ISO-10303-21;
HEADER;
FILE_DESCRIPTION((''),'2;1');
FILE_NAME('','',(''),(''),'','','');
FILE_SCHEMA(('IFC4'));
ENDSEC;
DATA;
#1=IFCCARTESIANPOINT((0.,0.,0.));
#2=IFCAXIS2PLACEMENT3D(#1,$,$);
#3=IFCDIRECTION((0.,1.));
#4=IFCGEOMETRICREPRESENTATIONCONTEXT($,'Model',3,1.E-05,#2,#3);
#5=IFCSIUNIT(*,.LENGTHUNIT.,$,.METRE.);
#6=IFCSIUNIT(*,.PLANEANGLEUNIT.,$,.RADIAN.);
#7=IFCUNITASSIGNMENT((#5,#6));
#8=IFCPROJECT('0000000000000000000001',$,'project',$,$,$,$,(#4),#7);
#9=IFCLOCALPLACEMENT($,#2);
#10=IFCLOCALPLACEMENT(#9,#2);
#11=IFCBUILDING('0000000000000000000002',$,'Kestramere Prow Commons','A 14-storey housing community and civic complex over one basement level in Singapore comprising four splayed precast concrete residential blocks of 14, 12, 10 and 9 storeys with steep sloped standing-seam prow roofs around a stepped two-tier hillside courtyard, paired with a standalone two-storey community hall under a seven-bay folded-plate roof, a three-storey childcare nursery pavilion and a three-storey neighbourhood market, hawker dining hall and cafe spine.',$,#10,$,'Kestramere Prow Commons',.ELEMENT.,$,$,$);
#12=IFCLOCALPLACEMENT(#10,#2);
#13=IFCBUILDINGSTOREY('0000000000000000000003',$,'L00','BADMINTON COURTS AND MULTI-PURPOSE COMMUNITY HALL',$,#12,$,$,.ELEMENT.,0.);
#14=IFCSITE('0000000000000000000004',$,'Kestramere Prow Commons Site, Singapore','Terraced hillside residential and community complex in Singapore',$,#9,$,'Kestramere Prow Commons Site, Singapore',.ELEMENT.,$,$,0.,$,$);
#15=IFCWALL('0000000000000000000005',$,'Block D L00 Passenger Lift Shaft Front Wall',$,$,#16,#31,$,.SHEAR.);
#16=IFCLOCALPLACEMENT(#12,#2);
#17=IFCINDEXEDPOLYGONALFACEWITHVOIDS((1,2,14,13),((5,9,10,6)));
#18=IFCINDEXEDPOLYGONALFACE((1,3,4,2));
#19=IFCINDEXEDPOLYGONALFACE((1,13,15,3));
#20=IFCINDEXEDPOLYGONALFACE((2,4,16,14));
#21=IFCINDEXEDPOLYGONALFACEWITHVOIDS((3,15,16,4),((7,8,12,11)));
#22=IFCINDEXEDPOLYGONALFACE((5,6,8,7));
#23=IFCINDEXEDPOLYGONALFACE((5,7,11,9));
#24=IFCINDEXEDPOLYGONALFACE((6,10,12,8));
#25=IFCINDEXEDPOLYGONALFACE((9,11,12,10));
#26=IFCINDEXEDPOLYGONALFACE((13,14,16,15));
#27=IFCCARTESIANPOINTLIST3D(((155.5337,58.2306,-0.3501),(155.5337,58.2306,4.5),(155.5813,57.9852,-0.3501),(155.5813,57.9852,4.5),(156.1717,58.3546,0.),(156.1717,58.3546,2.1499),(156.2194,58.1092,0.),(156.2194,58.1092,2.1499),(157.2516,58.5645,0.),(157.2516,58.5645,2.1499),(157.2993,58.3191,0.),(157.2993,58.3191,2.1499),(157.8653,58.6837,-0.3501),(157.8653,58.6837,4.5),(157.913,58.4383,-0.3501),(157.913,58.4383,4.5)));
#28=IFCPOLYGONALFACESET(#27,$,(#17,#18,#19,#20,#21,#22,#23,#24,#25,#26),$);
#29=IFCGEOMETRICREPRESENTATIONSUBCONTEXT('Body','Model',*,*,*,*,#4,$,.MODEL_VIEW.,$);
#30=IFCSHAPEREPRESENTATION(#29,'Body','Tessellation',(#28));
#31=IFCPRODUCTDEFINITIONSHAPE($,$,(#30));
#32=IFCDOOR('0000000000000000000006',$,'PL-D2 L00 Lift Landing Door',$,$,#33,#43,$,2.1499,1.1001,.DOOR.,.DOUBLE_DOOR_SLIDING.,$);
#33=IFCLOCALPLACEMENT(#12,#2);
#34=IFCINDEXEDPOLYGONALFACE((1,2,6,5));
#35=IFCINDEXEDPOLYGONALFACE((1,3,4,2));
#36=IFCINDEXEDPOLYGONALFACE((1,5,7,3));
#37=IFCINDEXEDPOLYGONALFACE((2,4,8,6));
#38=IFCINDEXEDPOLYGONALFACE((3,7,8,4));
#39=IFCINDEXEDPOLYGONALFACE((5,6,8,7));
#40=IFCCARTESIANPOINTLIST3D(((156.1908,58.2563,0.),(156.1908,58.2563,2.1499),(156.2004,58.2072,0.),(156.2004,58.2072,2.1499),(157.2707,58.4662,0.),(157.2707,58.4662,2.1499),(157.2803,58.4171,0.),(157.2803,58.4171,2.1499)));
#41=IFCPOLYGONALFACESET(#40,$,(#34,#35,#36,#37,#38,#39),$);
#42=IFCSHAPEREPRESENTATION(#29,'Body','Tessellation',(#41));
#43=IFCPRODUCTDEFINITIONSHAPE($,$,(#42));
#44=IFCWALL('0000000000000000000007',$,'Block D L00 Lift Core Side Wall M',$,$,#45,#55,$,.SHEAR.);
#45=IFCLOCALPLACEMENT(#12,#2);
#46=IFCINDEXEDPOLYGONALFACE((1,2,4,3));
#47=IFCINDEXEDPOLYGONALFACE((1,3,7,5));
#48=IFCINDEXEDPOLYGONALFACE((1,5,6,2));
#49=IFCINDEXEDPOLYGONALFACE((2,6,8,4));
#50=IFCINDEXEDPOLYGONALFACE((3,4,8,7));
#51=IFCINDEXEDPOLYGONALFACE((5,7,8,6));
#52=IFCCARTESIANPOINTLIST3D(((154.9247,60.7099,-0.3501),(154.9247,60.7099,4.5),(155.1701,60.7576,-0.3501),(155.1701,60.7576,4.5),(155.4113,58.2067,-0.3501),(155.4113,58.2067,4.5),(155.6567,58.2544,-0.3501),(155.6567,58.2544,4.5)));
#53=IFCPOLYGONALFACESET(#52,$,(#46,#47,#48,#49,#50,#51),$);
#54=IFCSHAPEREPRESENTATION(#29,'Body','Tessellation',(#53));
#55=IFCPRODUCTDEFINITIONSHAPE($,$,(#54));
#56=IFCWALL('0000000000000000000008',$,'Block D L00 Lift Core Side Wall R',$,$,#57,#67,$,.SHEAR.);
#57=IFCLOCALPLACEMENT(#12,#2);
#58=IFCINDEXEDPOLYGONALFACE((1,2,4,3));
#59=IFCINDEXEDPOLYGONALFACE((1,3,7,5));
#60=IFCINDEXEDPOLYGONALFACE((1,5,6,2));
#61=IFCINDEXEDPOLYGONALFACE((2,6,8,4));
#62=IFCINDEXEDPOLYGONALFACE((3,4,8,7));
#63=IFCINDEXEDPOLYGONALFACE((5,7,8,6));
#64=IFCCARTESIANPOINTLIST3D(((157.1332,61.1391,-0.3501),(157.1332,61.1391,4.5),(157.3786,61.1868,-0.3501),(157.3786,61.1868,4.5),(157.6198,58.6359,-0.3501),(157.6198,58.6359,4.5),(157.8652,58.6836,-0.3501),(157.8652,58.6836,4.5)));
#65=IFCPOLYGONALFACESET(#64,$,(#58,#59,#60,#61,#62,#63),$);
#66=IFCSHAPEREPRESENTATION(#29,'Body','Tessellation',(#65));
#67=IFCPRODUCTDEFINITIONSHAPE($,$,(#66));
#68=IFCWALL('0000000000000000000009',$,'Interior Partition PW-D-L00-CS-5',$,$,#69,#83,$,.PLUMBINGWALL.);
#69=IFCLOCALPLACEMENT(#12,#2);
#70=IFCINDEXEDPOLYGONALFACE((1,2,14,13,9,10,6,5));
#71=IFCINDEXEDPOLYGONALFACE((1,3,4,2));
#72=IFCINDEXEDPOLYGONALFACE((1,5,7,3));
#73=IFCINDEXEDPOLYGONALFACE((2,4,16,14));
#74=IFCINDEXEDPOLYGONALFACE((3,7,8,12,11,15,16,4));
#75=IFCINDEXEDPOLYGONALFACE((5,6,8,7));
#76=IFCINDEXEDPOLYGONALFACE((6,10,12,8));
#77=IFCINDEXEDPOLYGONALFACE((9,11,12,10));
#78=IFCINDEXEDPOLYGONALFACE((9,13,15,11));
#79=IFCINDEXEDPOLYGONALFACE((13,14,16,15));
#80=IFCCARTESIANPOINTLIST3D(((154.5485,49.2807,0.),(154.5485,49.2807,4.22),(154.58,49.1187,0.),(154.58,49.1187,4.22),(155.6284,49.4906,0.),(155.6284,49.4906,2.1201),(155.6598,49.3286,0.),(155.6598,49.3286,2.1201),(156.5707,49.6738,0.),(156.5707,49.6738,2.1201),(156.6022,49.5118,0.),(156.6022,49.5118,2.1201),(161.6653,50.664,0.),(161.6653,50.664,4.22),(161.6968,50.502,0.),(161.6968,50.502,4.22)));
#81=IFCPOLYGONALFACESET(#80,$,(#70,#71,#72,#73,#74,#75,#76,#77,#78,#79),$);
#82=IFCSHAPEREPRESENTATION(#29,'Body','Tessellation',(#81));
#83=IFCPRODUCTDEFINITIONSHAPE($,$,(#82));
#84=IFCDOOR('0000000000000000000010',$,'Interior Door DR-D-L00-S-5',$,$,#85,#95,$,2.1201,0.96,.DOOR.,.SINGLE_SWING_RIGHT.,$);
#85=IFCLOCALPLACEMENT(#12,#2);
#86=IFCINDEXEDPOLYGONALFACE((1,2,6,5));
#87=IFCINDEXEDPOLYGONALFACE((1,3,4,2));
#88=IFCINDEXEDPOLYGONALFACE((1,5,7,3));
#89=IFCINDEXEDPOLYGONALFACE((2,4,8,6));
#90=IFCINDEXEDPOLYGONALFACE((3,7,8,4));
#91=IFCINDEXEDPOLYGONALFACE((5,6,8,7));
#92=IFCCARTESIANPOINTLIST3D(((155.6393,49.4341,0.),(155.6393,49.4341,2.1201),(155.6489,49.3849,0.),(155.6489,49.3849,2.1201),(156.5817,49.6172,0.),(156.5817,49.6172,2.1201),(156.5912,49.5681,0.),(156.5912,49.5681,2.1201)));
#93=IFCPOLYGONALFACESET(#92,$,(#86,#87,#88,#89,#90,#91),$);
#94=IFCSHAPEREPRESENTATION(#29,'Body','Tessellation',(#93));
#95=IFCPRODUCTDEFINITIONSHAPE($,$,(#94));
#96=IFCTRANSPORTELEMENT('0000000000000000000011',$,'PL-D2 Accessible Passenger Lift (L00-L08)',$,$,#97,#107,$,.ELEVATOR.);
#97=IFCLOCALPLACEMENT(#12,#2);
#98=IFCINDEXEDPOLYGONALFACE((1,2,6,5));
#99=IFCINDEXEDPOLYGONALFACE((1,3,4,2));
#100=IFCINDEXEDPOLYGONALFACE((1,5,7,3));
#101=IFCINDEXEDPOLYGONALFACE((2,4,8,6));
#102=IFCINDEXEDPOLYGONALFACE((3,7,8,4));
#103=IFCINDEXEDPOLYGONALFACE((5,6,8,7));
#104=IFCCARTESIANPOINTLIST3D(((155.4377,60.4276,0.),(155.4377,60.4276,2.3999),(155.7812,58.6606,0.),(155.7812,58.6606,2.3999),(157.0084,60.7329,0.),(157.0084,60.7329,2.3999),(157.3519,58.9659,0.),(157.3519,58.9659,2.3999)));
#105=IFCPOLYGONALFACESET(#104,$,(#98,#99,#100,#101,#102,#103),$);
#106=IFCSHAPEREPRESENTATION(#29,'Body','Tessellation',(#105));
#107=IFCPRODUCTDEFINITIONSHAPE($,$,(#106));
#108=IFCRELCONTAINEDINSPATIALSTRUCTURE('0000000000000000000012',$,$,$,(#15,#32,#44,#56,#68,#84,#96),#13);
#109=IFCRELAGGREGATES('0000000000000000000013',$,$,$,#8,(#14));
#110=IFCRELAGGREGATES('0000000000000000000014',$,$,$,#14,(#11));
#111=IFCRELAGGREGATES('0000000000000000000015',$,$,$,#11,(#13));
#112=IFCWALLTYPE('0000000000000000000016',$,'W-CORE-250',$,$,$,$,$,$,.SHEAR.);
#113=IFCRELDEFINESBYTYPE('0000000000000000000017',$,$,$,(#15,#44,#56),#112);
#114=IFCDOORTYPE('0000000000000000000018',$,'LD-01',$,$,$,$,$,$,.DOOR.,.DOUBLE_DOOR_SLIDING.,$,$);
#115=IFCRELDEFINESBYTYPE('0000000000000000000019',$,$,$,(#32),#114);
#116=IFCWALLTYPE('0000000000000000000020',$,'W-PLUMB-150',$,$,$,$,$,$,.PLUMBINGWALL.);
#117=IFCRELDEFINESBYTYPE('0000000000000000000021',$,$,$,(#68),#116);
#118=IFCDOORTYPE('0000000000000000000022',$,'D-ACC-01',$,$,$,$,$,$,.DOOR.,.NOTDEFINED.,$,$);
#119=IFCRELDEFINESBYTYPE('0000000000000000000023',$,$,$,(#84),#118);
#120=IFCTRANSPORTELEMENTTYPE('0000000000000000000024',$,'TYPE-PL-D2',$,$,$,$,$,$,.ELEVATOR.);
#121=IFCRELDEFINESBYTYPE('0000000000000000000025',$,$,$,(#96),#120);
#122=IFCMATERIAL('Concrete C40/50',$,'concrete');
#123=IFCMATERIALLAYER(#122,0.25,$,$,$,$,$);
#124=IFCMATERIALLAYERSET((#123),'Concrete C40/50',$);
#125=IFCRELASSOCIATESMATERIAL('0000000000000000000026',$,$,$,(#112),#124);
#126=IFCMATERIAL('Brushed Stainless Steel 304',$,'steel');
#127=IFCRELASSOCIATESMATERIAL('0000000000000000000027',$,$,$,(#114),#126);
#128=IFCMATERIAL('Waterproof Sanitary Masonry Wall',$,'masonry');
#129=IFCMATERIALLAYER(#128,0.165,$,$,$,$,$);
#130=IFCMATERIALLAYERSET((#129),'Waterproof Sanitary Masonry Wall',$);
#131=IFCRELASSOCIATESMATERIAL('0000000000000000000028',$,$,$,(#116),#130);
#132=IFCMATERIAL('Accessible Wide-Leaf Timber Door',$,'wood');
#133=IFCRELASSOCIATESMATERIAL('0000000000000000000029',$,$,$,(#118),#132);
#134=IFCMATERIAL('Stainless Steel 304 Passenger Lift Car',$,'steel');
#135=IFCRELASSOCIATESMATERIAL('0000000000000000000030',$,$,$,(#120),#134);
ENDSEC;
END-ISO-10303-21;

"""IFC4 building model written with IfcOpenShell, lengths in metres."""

from ifc_helpers import new_model, si_unit, direction, frame, frame_2d, origin, origin_2d, place, context, subcontext, project, spatial, rectangle, extrude, material, layer, layer_set, type_object, element, fill, save


model = new_model("IFC4")

# Units and contexts
model_context = context("Model", 3, precision=1e-05, world=origin(), true_north=direction((0.0, 1.0)))
body_context = subcontext(model_context, "Body", "Model", "MODEL_VIEW")
ifc_project = project(units=[si_unit("LENGTHUNIT", "METRE"), si_unit("PLANEANGLEUNIT", "RADIAN")], contexts=[model_context])

# Site, building, storey
site_placement = place(None, origin())
site = spatial("IfcSite", under=ifc_project, at=site_placement, Name="Kestramere Prow Commons Site, Singapore", Description="Terraced hillside residential and community complex in Singapore", LongName="Kestramere Prow Commons Site, Singapore", CompositionType="ELEMENT", RefElevation=0.0)
building_placement = place(site_placement, origin())
building = spatial("IfcBuilding", under=site, at=building_placement, Name="Kestramere Prow Commons", Description="A 14-storey housing community and civic complex over one basement level in Singapore comprising four splayed precast concrete residential blocks of 14, 12, 10 and 9 storeys with steep sloped standing-seam prow roofs around a stepped two-tier hillside courtyard, paired with a standalone two-storey community hall under a seven-bay folded-plate roof, a three-storey childcare nursery pavilion and a three-storey neighbourhood market, hawker dining hall and cafe spine.", LongName="Kestramere Prow Commons", CompositionType="ELEMENT")
storey_placement = place(building_placement, origin())
storey = spatial("IfcBuildingStorey", under=building, at=storey_placement, Name="L00", Description="BADMINTON COURTS AND MULTI-PURPOSE COMMUNITY HALL", CompositionType="ELEMENT", Elevation=0.0)

# Wall, opening, door
ifc_material_1 = material(Name="Concrete C40/50", Category="concrete")
ifc_layer_1 = layer(ifc_material_1, 0.25)
ifc_layer_set_1 = layer_set([ifc_layer_1], Name="Concrete C40/50")
wall_type_1 = type_object("IfcWallType", Name="W-CORE-250", PredefinedType="SHEAR", material=ifc_layer_set_1)
wall_1_placement = place(storey_placement, frame((155.5576, 58.1079, -0.3501), z_axis=(0.0, 0.0, 1.0), x_axis=(0.981634, 0.190776, 0.0)))
wall_1 = element("IfcWall", 1, at=wall_1_placement, inside=storey, type_object=wall_type_1, Name="Block D L00 Passenger Lift Shaft Front Wall", PredefinedType="SHEAR", context=body_context, shape_type="SweptSolid", body=[
    extrude(rectangle(XDim=2.3752, YDim=0.25, at=frame_2d((1.1875, 0.0))), origin(), (0.0, 0.0, 1.0), 4.8501),
])
opening_1_placement = place(wall_1_placement, frame((0.6499, 0.0, 0.3501)))
opening_1 = element("IfcOpeningElement", 2, at=opening_1_placement, cuts=wall_1, PredefinedType="OPENING", context=body_context, shape_type="SweptSolid", body=[
    extrude(rectangle(XDim=1.1001, YDim=2.1499, at=frame_2d((0.55, 1.075))), frame((0.0, 0.1399, 0.0), z_axis=(0.0, -1.0, 0.0), x_axis=(1.0, 0.0, 0.0)), (0.0, 0.0, 1.0), 0.28),
])
ifc_material_2 = material(Name="Brushed Stainless Steel 304", Category="steel")
door_type_1 = type_object("IfcDoorType", Name="LD-01", OperationType="DOUBLE_DOOR_SLIDING", PredefinedType="DOOR", material=ifc_material_2)
door_1_placement = place(opening_1_placement, origin())
door_1 = element("IfcDoor", 3, at=door_1_placement, inside=storey, type_object=door_type_1, Name="PL-D2 L00 Lift Landing Door", OperationType="DOUBLE_DOOR_SLIDING", OverallHeight=2.1499, OverallWidth=1.1001, PredefinedType="DOOR", context=body_context, shape_type="SweptSolid", body=[
    extrude(rectangle(XDim=1.1001, YDim=2.1499, at=frame_2d((0.55, 1.075))), frame((0.0, 0.0249, 0.0), z_axis=(0.0, -1.0, 0.0), x_axis=(1.0, 0.0, 0.0)), (0.0, 0.0, 1.0), 0.05),
])
fill(opening_1, door_1)

# Walls
for number, where, z_axis, x_axis, name in (
    (4, (155.5339, 58.2307, -0.3501), (0.0, 0.0, 1.0), (-0.190811, 0.981627, 0.0), "Block D L00 Lift Core Side Wall M"),
    (5, (157.7424, 58.6599, -0.3501), (0.0, 0.0, 1.0), (-0.190811, 0.981627, 0.0), "Block D L00 Lift Core Side Wall R"),
):
    element("IfcWall", number, at=place(storey_placement, frame(where, z_axis=z_axis, x_axis=x_axis)), inside=storey, type_object=wall_type_1, Name=name, PredefinedType="SHEAR", context=body_context, shape_type="SweptSolid", body=[
        extrude(rectangle(XDim=2.55, YDim=0.25, at=frame_2d((1.2749, 0.0))), origin(), (0.0, 0.0, 1.0), 4.8501),
    ])

# Wall, opening, door
ifc_material_3 = material(Name="Waterproof Sanitary Masonry Wall", Category="masonry")
ifc_layer_2 = layer(ifc_material_3, 0.165)
ifc_layer_set_2 = layer_set([ifc_layer_2], Name="Waterproof Sanitary Masonry Wall")
wall_type_2 = type_object("IfcWallType", Name="W-PLUMB-150", PredefinedType="PLUMBINGWALL", material=ifc_layer_set_2)
wall_2_placement = place(storey_placement, frame((154.5642, 49.1997, 0.0), z_axis=(0.0, 0.0, 1.0), x_axis=(0.981628, 0.190803, 0.0)))
wall_2 = element("IfcWall", 6, at=wall_2_placement, inside=storey, type_object=wall_type_2, Name="Interior Partition PW-D-L00-CS-5", PredefinedType="PLUMBINGWALL", context=body_context, shape_type="SweptSolid", body=[
    extrude(rectangle(XDim=7.25, YDim=0.165, at=frame_2d((3.625, 0.0))), origin(), (0.0, 0.0, 1.0), 4.22),
])
opening_2_placement = place(wall_2_placement, frame((1.1001, 0.0, 0.0)))
opening_2 = element("IfcOpeningElement", 7, at=opening_2_placement, cuts=wall_2, PredefinedType="OPENING", context=body_context, shape_type="SweptSolid", body=[
    extrude(rectangle(XDim=0.96, YDim=2.1201, at=frame_2d((0.48, 1.0601))), frame((0.0, 0.0974, 0.0), z_axis=(0.0, -1.0, 0.0), x_axis=(1.0, 0.0, 0.0)), (0.0, 0.0, 1.0), 0.1951),
])
ifc_material_4 = material(Name="Accessible Wide-Leaf Timber Door", Category="wood")
door_type_2 = type_object("IfcDoorType", Name="D-ACC-01", OperationType="NOTDEFINED", PredefinedType="DOOR", material=ifc_material_4)
door_2_placement = place(opening_2_placement, origin())
door_2 = element("IfcDoor", 8, at=door_2_placement, inside=storey, type_object=door_type_2, Name="Interior Door DR-D-L00-S-5", OperationType="SINGLE_SWING_RIGHT", OverallHeight=2.1201, OverallWidth=0.96, PredefinedType="DOOR", context=body_context, shape_type="SweptSolid", body=[
    extrude(rectangle(XDim=0.96, YDim=2.1201, at=frame_2d((0.48, 1.0601))), frame((0.0, 0.0249, 0.0), z_axis=(0.0, -1.0, 0.0), x_axis=(1.0, 0.0, 0.0)), (0.0, 0.0, 1.0), 0.05),
])
fill(opening_2, door_2)

# Transport element
ifc_material_5 = material(Name="Stainless Steel 304 Passenger Lift Car", Category="steel")
transport_element_type = type_object("IfcTransportElementType", Name="TYPE-PL-D2", PredefinedType="ELEVATOR", material=ifc_material_5)
transport_element_placement = place(storey_placement, frame((156.3948, 59.6968, 0.0), z_axis=(0.0, 0.0, 1.0), x_axis=(0.981627, 0.190809, 0.0)))
element("IfcTransportElement", 9, at=transport_element_placement, inside=storey, type_object=transport_element_type, Name="PL-D2 Accessible Passenger Lift (L00-L08)", PredefinedType="ELEVATOR", context=body_context, shape_type="SweptSolid", body=[
    extrude(rectangle(XDim=1.6001, YDim=1.8, at=origin_2d()), origin(), (0.0, 0.0, 1.0), 2.3999),
])

save(model, "model.ifc")
